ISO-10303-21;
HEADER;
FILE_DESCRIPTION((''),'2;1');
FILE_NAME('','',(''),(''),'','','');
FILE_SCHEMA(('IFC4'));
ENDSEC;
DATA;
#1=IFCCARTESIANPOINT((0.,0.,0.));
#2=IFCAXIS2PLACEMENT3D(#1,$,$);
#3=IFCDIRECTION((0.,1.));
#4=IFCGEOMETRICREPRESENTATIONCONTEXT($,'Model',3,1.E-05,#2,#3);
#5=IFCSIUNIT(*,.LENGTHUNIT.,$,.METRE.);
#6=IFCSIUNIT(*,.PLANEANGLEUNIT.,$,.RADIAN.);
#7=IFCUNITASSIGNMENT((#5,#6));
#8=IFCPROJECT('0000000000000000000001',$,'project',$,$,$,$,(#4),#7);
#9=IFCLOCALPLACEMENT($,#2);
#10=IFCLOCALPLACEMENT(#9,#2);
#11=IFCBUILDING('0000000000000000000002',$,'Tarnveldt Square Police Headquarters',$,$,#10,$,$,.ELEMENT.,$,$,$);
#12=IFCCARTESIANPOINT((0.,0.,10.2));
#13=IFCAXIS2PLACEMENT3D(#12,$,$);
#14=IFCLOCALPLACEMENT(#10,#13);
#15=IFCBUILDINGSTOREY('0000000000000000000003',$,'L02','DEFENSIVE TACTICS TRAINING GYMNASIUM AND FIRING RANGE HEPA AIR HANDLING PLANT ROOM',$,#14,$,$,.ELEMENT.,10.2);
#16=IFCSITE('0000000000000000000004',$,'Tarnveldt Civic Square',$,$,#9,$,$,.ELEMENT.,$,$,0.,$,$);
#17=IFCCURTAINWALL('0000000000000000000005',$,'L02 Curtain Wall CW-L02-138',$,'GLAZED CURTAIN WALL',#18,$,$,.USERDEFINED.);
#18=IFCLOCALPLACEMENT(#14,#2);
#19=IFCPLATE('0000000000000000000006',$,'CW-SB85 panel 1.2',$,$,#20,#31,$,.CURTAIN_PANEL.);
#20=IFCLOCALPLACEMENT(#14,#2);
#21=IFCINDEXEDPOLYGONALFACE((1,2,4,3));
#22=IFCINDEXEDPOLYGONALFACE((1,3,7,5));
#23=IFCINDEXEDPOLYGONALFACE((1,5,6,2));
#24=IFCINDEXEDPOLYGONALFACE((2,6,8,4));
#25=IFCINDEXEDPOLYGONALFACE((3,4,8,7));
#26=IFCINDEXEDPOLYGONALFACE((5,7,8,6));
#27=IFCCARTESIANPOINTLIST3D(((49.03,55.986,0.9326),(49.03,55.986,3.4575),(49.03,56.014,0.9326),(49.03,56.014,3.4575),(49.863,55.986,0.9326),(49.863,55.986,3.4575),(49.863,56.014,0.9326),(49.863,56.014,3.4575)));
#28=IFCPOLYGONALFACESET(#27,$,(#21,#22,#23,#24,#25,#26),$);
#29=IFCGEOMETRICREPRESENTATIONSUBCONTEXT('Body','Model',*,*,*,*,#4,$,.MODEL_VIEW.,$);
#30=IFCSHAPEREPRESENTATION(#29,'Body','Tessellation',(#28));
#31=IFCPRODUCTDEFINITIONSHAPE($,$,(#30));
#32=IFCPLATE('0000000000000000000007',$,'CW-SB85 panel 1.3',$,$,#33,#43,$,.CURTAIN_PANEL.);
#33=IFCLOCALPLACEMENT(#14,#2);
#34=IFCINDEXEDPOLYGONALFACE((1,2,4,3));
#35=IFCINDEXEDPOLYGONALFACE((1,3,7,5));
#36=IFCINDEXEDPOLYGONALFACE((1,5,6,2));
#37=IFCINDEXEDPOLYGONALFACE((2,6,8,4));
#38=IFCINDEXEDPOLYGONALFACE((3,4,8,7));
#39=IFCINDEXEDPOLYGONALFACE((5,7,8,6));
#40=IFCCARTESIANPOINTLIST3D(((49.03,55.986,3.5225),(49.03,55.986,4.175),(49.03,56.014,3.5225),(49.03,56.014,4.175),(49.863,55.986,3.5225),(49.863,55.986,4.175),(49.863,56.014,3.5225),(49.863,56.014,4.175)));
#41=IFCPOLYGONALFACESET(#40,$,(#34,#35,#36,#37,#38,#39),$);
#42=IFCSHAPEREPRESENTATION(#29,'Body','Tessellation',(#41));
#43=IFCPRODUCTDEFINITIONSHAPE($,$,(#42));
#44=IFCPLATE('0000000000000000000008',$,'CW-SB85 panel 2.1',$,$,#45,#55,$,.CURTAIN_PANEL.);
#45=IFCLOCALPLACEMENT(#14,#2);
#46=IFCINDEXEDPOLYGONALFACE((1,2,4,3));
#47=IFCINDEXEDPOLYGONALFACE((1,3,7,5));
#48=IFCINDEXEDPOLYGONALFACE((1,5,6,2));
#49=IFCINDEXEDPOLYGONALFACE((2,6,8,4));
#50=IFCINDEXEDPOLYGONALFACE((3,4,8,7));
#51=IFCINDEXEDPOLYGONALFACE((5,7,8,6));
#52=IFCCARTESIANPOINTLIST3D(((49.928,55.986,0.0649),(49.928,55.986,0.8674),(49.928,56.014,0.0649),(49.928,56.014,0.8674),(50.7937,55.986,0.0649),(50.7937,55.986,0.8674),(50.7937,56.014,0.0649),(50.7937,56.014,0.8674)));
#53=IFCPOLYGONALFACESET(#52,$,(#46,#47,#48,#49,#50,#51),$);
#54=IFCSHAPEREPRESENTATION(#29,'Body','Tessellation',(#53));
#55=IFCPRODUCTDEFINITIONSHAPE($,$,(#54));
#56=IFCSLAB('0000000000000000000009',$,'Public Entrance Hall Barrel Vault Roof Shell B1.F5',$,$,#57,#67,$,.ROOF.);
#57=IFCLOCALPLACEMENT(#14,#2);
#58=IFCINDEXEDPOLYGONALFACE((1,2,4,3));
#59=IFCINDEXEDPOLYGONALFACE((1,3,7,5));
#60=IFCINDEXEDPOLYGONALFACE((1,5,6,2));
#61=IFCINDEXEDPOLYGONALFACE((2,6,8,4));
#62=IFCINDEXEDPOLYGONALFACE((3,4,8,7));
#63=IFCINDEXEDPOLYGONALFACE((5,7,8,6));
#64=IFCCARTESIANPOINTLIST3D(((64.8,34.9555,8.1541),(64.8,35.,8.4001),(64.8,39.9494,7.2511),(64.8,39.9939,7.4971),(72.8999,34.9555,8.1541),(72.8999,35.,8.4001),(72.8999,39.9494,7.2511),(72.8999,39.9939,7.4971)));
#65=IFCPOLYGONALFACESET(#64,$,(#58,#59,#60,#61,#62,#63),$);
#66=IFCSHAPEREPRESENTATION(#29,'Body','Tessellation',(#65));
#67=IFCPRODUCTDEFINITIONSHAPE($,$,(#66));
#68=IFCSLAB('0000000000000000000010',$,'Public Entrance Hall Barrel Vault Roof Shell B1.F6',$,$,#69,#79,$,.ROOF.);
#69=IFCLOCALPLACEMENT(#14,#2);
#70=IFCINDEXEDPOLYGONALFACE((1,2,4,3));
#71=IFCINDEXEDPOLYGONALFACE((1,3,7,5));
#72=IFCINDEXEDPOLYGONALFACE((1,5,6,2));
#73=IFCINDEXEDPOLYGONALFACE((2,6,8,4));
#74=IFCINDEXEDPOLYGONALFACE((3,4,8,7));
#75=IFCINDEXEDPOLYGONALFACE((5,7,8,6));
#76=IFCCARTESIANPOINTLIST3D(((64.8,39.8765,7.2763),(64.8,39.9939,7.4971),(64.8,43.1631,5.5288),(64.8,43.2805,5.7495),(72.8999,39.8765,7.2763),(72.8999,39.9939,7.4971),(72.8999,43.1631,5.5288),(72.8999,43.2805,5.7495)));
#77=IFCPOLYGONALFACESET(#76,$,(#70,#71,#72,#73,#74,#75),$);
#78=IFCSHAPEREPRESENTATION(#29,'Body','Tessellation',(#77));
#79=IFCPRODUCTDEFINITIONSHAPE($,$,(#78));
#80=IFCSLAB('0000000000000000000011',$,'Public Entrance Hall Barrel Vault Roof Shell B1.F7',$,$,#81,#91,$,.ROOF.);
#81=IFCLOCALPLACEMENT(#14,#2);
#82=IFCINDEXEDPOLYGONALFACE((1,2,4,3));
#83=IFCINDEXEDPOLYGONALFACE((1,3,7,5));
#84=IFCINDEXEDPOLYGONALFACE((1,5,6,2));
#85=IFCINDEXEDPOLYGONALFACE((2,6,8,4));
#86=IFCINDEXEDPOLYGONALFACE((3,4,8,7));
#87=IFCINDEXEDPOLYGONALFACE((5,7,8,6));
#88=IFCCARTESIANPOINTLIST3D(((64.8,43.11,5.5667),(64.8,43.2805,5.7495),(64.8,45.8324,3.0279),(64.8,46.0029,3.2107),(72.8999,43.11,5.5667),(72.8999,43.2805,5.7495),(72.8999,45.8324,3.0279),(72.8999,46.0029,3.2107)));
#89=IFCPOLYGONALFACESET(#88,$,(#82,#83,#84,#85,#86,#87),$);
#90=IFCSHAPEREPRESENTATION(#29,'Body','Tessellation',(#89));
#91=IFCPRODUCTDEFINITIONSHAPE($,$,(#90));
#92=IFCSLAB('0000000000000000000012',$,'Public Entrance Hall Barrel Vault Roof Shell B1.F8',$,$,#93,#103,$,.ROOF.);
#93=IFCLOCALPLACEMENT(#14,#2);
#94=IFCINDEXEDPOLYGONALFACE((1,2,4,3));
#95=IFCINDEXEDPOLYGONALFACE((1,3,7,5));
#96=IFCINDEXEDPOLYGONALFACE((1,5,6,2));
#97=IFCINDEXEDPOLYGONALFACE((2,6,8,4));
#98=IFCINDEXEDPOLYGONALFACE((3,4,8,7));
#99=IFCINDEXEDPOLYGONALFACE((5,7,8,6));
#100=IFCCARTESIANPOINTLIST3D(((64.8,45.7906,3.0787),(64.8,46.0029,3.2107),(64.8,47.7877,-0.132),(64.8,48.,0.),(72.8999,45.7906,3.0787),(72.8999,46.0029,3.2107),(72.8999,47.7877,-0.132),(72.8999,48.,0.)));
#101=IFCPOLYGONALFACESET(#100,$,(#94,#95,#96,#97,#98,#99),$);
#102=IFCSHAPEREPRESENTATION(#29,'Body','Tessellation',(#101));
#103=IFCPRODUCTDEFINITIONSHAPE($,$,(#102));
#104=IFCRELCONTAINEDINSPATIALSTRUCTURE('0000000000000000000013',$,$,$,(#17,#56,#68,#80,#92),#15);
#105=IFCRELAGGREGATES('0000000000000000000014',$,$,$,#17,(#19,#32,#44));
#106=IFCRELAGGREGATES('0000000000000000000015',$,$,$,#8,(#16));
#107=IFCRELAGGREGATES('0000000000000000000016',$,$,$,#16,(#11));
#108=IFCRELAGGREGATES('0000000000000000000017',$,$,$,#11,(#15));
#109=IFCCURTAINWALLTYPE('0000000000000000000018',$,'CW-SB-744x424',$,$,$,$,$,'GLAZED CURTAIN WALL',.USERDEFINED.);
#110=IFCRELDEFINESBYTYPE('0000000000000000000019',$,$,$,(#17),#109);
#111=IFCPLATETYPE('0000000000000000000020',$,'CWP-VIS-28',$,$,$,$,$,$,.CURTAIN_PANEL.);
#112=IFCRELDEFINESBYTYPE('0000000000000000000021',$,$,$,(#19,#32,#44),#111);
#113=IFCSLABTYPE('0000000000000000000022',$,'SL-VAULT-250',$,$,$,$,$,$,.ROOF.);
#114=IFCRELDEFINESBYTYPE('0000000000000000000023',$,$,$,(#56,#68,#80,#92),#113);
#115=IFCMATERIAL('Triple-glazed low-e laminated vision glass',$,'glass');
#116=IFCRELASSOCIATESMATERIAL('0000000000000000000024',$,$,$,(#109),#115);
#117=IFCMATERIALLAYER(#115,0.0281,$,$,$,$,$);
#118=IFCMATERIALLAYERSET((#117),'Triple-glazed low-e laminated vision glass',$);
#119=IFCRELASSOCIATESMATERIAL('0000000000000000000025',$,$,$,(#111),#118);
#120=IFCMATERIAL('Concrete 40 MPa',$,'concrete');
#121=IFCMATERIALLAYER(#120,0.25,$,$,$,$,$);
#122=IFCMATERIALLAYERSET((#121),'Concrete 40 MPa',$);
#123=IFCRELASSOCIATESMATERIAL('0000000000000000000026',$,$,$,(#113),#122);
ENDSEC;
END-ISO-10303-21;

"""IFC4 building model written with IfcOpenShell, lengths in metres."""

from ifc_helpers import new_model, si_unit, direction, frame, origin, origin_2d, place, context, subcontext, project, spatial, polyline, rectangle, outline, extrude, material, layer, layer_set, type_object, element, aggregate, save


model = new_model("IFC4")

# Units and contexts
model_context = context("Model", 3, precision=1e-05, world=origin(), true_north=direction((0.0, 1.0)))
body_context = subcontext(model_context, "Body", "Model", "MODEL_VIEW")
ifc_project = project(units=[si_unit("LENGTHUNIT", "METRE"), si_unit("PLANEANGLEUNIT", "RADIAN")], contexts=[model_context])

# Site, building, storey
site_placement = place(None, origin())
site = spatial("IfcSite", under=ifc_project, at=site_placement, Name="Tarnveldt Civic Square", CompositionType="ELEMENT", RefElevation=0.0)
building_placement = place(site_placement, origin())
building = spatial("IfcBuilding", under=site, at=building_placement, Name="Tarnveldt Square Police Headquarters", CompositionType="ELEMENT")
storey_placement = place(building_placement, frame((0.0, 0.0, 10.2)))
storey = spatial("IfcBuildingStorey", under=building, at=storey_placement, Name="L02", Description="DEFENSIVE TACTICS TRAINING GYMNASIUM AND FIRING RANGE HEPA AIR HANDLING PLANT ROOM", CompositionType="ELEMENT", Elevation=10.2)

# Shared definitions
ifc_material_1 = material(Name="Concrete 40 MPa", Category="concrete")

# Curtain wall, plates
ifc_material_2 = material(Name="Triple-glazed low-e laminated vision glass", Category="glass")
curtain_wall_type = type_object("IfcCurtainWallType", Name="CW-SB-744x424", ElementType="GLAZED CURTAIN WALL", PredefinedType="USERDEFINED", material=ifc_material_2)
curtain_wall_placement = place(storey_placement, origin())
curtain_wall = element("IfcCurtainWall", 1, at=curtain_wall_placement, inside=storey, type_object=curtain_wall_type, Name="L02 Curtain Wall CW-L02-138", ObjectType="GLAZED CURTAIN WALL", PredefinedType="USERDEFINED")
ifc_layer_1 = layer(ifc_material_2, 0.0281)
ifc_layer_set_1 = layer_set([ifc_layer_1], Name="Triple-glazed low-e laminated vision glass")
plate_type = type_object("IfcPlateType", Name="CWP-VIS-28", PredefinedType="CURTAIN_PANEL", material=ifc_layer_set_1)
plate_1_placement = place(storey_placement, frame((49.4465, 56.0, 0.9326), z_axis=(0.0, 0.0, 1.0), x_axis=(1.0, 0.0, 0.0)))
plate_1 = element("IfcPlate", 2, at=plate_1_placement, type_object=plate_type, Name="CW-SB85 panel 1.2", PredefinedType="CURTAIN_PANEL", context=body_context, shape_type="SweptSolid", body=[
    extrude(rectangle(XDim=0.833, YDim=0.0281, at=origin_2d()), origin(), (0.0, 0.0, 1.0), 2.5249),
])
plate_2_placement = place(storey_placement, frame((49.4465, 56.0, 3.5225), z_axis=(0.0, 0.0, 1.0), x_axis=(1.0, 0.0, 0.0)))
plate_2 = element("IfcPlate", 3, at=plate_2_placement, type_object=plate_type, Name="CW-SB85 panel 1.3", PredefinedType="CURTAIN_PANEL", context=body_context, shape_type="SweptSolid", body=[
    extrude(rectangle(XDim=0.833, YDim=0.0281, at=origin_2d()), origin(), (0.0, 0.0, 1.0), 0.6526),
])
plate_3_placement = place(storey_placement, frame((50.3608, 56.0, 0.0649), z_axis=(0.0, 0.0, 1.0), x_axis=(1.0, 0.0, 0.0)))
plate_3 = element("IfcPlate", 4, at=plate_3_placement, type_object=plate_type, Name="CW-SB85 panel 2.1", PredefinedType="CURTAIN_PANEL", context=body_context, shape_type="SweptSolid", body=[
    extrude(rectangle(XDim=0.8657, YDim=0.0281, at=origin_2d()), origin(), (0.0, 0.0, 1.0), 0.8025),
])
aggregate(curtain_wall, [plate_1, plate_2, plate_3])

# Slabs
ifc_layer_2 = layer(ifc_material_1, 0.25)
ifc_layer_set_2 = layer_set([ifc_layer_2], Name="Concrete 40 MPa")
slab_type = type_object("IfcSlabType", Name="SL-VAULT-250", PredefinedType="ROOF", material=ifc_layer_set_2)
slab_1_placement = place(storey_placement, frame((64.8, 35.0, 8.4001), z_axis=(0.0, 0.17795, 0.98404), x_axis=(1.0, 0.0, 0.0)))
element("IfcSlab", 5, at=slab_1_placement, inside=storey, type_object=slab_type, Name="Public Entrance Hall Barrel Vault Roof Shell B1.F5", PredefinedType="ROOF", context=body_context, shape_type="SweptSolid", body=[
    extrude(outline(polyline([(0.0, 0.0), (8.0999, 0.0), (8.0999, 5.0749), (0.0, 5.0749), (0.0, 0.0)])), origin(), (0.0, 0.0, -1.0), 0.25),
])
slab_2_placement = place(storey_placement, frame((64.8, 39.9939, 7.4971), z_axis=(0.0, 0.469478, 0.882944), x_axis=(1.0, 0.0, 0.0)))
element("IfcSlab", 6, at=slab_2_placement, inside=storey, type_object=slab_type, Name="Public Entrance Hall Barrel Vault Roof Shell B1.F6", PredefinedType="ROOF", context=body_context, shape_type="SweptSolid", body=[
    extrude(outline(polyline([(0.0, 0.0), (8.0999, 0.0), (8.0999, 3.7223), (0.0, 3.7223), (0.0, 0.0)])), origin(), (0.0, 0.0, -1.0), 0.25),
])
slab_3_placement = place(storey_placement, frame((64.8, 43.2805, 5.7495), z_axis=(0.0, 0.682017, 0.731337), x_axis=(1.0, 0.0, 0.0)))
element("IfcSlab", 7, at=slab_3_placement, inside=storey, type_object=slab_type, Name="Public Entrance Hall Barrel Vault Roof Shell B1.F7", PredefinedType="ROOF", context=body_context, shape_type="SweptSolid", body=[
    extrude(outline(polyline([(0.0, 0.0), (8.0999, 0.0), (8.0999, 3.7225), (0.0, 3.7225), (0.0, 0.0)])), origin(), (0.0, 0.0, -1.0), 0.25),
])
slab_4_placement = place(storey_placement, frame((64.8, 46.0029, 3.2107), z_axis=(0.0, 0.849139, 0.528169), x_axis=(1.0, 0.0, 0.0)))
element("IfcSlab", 8, at=slab_4_placement, inside=storey, type_object=slab_type, Name="Public Entrance Hall Barrel Vault Roof Shell B1.F8", PredefinedType="ROOF", context=body_context, shape_type="SweptSolid", body=[
    extrude(outline(polyline([(0.0, 0.0), (8.0999, 0.0), (8.0999, 3.7811), (0.0, 3.7811), (0.0, 0.0)])), origin(), (0.0, 0.0, -1.0), 0.25),
])

save(model, "model.ifc")
